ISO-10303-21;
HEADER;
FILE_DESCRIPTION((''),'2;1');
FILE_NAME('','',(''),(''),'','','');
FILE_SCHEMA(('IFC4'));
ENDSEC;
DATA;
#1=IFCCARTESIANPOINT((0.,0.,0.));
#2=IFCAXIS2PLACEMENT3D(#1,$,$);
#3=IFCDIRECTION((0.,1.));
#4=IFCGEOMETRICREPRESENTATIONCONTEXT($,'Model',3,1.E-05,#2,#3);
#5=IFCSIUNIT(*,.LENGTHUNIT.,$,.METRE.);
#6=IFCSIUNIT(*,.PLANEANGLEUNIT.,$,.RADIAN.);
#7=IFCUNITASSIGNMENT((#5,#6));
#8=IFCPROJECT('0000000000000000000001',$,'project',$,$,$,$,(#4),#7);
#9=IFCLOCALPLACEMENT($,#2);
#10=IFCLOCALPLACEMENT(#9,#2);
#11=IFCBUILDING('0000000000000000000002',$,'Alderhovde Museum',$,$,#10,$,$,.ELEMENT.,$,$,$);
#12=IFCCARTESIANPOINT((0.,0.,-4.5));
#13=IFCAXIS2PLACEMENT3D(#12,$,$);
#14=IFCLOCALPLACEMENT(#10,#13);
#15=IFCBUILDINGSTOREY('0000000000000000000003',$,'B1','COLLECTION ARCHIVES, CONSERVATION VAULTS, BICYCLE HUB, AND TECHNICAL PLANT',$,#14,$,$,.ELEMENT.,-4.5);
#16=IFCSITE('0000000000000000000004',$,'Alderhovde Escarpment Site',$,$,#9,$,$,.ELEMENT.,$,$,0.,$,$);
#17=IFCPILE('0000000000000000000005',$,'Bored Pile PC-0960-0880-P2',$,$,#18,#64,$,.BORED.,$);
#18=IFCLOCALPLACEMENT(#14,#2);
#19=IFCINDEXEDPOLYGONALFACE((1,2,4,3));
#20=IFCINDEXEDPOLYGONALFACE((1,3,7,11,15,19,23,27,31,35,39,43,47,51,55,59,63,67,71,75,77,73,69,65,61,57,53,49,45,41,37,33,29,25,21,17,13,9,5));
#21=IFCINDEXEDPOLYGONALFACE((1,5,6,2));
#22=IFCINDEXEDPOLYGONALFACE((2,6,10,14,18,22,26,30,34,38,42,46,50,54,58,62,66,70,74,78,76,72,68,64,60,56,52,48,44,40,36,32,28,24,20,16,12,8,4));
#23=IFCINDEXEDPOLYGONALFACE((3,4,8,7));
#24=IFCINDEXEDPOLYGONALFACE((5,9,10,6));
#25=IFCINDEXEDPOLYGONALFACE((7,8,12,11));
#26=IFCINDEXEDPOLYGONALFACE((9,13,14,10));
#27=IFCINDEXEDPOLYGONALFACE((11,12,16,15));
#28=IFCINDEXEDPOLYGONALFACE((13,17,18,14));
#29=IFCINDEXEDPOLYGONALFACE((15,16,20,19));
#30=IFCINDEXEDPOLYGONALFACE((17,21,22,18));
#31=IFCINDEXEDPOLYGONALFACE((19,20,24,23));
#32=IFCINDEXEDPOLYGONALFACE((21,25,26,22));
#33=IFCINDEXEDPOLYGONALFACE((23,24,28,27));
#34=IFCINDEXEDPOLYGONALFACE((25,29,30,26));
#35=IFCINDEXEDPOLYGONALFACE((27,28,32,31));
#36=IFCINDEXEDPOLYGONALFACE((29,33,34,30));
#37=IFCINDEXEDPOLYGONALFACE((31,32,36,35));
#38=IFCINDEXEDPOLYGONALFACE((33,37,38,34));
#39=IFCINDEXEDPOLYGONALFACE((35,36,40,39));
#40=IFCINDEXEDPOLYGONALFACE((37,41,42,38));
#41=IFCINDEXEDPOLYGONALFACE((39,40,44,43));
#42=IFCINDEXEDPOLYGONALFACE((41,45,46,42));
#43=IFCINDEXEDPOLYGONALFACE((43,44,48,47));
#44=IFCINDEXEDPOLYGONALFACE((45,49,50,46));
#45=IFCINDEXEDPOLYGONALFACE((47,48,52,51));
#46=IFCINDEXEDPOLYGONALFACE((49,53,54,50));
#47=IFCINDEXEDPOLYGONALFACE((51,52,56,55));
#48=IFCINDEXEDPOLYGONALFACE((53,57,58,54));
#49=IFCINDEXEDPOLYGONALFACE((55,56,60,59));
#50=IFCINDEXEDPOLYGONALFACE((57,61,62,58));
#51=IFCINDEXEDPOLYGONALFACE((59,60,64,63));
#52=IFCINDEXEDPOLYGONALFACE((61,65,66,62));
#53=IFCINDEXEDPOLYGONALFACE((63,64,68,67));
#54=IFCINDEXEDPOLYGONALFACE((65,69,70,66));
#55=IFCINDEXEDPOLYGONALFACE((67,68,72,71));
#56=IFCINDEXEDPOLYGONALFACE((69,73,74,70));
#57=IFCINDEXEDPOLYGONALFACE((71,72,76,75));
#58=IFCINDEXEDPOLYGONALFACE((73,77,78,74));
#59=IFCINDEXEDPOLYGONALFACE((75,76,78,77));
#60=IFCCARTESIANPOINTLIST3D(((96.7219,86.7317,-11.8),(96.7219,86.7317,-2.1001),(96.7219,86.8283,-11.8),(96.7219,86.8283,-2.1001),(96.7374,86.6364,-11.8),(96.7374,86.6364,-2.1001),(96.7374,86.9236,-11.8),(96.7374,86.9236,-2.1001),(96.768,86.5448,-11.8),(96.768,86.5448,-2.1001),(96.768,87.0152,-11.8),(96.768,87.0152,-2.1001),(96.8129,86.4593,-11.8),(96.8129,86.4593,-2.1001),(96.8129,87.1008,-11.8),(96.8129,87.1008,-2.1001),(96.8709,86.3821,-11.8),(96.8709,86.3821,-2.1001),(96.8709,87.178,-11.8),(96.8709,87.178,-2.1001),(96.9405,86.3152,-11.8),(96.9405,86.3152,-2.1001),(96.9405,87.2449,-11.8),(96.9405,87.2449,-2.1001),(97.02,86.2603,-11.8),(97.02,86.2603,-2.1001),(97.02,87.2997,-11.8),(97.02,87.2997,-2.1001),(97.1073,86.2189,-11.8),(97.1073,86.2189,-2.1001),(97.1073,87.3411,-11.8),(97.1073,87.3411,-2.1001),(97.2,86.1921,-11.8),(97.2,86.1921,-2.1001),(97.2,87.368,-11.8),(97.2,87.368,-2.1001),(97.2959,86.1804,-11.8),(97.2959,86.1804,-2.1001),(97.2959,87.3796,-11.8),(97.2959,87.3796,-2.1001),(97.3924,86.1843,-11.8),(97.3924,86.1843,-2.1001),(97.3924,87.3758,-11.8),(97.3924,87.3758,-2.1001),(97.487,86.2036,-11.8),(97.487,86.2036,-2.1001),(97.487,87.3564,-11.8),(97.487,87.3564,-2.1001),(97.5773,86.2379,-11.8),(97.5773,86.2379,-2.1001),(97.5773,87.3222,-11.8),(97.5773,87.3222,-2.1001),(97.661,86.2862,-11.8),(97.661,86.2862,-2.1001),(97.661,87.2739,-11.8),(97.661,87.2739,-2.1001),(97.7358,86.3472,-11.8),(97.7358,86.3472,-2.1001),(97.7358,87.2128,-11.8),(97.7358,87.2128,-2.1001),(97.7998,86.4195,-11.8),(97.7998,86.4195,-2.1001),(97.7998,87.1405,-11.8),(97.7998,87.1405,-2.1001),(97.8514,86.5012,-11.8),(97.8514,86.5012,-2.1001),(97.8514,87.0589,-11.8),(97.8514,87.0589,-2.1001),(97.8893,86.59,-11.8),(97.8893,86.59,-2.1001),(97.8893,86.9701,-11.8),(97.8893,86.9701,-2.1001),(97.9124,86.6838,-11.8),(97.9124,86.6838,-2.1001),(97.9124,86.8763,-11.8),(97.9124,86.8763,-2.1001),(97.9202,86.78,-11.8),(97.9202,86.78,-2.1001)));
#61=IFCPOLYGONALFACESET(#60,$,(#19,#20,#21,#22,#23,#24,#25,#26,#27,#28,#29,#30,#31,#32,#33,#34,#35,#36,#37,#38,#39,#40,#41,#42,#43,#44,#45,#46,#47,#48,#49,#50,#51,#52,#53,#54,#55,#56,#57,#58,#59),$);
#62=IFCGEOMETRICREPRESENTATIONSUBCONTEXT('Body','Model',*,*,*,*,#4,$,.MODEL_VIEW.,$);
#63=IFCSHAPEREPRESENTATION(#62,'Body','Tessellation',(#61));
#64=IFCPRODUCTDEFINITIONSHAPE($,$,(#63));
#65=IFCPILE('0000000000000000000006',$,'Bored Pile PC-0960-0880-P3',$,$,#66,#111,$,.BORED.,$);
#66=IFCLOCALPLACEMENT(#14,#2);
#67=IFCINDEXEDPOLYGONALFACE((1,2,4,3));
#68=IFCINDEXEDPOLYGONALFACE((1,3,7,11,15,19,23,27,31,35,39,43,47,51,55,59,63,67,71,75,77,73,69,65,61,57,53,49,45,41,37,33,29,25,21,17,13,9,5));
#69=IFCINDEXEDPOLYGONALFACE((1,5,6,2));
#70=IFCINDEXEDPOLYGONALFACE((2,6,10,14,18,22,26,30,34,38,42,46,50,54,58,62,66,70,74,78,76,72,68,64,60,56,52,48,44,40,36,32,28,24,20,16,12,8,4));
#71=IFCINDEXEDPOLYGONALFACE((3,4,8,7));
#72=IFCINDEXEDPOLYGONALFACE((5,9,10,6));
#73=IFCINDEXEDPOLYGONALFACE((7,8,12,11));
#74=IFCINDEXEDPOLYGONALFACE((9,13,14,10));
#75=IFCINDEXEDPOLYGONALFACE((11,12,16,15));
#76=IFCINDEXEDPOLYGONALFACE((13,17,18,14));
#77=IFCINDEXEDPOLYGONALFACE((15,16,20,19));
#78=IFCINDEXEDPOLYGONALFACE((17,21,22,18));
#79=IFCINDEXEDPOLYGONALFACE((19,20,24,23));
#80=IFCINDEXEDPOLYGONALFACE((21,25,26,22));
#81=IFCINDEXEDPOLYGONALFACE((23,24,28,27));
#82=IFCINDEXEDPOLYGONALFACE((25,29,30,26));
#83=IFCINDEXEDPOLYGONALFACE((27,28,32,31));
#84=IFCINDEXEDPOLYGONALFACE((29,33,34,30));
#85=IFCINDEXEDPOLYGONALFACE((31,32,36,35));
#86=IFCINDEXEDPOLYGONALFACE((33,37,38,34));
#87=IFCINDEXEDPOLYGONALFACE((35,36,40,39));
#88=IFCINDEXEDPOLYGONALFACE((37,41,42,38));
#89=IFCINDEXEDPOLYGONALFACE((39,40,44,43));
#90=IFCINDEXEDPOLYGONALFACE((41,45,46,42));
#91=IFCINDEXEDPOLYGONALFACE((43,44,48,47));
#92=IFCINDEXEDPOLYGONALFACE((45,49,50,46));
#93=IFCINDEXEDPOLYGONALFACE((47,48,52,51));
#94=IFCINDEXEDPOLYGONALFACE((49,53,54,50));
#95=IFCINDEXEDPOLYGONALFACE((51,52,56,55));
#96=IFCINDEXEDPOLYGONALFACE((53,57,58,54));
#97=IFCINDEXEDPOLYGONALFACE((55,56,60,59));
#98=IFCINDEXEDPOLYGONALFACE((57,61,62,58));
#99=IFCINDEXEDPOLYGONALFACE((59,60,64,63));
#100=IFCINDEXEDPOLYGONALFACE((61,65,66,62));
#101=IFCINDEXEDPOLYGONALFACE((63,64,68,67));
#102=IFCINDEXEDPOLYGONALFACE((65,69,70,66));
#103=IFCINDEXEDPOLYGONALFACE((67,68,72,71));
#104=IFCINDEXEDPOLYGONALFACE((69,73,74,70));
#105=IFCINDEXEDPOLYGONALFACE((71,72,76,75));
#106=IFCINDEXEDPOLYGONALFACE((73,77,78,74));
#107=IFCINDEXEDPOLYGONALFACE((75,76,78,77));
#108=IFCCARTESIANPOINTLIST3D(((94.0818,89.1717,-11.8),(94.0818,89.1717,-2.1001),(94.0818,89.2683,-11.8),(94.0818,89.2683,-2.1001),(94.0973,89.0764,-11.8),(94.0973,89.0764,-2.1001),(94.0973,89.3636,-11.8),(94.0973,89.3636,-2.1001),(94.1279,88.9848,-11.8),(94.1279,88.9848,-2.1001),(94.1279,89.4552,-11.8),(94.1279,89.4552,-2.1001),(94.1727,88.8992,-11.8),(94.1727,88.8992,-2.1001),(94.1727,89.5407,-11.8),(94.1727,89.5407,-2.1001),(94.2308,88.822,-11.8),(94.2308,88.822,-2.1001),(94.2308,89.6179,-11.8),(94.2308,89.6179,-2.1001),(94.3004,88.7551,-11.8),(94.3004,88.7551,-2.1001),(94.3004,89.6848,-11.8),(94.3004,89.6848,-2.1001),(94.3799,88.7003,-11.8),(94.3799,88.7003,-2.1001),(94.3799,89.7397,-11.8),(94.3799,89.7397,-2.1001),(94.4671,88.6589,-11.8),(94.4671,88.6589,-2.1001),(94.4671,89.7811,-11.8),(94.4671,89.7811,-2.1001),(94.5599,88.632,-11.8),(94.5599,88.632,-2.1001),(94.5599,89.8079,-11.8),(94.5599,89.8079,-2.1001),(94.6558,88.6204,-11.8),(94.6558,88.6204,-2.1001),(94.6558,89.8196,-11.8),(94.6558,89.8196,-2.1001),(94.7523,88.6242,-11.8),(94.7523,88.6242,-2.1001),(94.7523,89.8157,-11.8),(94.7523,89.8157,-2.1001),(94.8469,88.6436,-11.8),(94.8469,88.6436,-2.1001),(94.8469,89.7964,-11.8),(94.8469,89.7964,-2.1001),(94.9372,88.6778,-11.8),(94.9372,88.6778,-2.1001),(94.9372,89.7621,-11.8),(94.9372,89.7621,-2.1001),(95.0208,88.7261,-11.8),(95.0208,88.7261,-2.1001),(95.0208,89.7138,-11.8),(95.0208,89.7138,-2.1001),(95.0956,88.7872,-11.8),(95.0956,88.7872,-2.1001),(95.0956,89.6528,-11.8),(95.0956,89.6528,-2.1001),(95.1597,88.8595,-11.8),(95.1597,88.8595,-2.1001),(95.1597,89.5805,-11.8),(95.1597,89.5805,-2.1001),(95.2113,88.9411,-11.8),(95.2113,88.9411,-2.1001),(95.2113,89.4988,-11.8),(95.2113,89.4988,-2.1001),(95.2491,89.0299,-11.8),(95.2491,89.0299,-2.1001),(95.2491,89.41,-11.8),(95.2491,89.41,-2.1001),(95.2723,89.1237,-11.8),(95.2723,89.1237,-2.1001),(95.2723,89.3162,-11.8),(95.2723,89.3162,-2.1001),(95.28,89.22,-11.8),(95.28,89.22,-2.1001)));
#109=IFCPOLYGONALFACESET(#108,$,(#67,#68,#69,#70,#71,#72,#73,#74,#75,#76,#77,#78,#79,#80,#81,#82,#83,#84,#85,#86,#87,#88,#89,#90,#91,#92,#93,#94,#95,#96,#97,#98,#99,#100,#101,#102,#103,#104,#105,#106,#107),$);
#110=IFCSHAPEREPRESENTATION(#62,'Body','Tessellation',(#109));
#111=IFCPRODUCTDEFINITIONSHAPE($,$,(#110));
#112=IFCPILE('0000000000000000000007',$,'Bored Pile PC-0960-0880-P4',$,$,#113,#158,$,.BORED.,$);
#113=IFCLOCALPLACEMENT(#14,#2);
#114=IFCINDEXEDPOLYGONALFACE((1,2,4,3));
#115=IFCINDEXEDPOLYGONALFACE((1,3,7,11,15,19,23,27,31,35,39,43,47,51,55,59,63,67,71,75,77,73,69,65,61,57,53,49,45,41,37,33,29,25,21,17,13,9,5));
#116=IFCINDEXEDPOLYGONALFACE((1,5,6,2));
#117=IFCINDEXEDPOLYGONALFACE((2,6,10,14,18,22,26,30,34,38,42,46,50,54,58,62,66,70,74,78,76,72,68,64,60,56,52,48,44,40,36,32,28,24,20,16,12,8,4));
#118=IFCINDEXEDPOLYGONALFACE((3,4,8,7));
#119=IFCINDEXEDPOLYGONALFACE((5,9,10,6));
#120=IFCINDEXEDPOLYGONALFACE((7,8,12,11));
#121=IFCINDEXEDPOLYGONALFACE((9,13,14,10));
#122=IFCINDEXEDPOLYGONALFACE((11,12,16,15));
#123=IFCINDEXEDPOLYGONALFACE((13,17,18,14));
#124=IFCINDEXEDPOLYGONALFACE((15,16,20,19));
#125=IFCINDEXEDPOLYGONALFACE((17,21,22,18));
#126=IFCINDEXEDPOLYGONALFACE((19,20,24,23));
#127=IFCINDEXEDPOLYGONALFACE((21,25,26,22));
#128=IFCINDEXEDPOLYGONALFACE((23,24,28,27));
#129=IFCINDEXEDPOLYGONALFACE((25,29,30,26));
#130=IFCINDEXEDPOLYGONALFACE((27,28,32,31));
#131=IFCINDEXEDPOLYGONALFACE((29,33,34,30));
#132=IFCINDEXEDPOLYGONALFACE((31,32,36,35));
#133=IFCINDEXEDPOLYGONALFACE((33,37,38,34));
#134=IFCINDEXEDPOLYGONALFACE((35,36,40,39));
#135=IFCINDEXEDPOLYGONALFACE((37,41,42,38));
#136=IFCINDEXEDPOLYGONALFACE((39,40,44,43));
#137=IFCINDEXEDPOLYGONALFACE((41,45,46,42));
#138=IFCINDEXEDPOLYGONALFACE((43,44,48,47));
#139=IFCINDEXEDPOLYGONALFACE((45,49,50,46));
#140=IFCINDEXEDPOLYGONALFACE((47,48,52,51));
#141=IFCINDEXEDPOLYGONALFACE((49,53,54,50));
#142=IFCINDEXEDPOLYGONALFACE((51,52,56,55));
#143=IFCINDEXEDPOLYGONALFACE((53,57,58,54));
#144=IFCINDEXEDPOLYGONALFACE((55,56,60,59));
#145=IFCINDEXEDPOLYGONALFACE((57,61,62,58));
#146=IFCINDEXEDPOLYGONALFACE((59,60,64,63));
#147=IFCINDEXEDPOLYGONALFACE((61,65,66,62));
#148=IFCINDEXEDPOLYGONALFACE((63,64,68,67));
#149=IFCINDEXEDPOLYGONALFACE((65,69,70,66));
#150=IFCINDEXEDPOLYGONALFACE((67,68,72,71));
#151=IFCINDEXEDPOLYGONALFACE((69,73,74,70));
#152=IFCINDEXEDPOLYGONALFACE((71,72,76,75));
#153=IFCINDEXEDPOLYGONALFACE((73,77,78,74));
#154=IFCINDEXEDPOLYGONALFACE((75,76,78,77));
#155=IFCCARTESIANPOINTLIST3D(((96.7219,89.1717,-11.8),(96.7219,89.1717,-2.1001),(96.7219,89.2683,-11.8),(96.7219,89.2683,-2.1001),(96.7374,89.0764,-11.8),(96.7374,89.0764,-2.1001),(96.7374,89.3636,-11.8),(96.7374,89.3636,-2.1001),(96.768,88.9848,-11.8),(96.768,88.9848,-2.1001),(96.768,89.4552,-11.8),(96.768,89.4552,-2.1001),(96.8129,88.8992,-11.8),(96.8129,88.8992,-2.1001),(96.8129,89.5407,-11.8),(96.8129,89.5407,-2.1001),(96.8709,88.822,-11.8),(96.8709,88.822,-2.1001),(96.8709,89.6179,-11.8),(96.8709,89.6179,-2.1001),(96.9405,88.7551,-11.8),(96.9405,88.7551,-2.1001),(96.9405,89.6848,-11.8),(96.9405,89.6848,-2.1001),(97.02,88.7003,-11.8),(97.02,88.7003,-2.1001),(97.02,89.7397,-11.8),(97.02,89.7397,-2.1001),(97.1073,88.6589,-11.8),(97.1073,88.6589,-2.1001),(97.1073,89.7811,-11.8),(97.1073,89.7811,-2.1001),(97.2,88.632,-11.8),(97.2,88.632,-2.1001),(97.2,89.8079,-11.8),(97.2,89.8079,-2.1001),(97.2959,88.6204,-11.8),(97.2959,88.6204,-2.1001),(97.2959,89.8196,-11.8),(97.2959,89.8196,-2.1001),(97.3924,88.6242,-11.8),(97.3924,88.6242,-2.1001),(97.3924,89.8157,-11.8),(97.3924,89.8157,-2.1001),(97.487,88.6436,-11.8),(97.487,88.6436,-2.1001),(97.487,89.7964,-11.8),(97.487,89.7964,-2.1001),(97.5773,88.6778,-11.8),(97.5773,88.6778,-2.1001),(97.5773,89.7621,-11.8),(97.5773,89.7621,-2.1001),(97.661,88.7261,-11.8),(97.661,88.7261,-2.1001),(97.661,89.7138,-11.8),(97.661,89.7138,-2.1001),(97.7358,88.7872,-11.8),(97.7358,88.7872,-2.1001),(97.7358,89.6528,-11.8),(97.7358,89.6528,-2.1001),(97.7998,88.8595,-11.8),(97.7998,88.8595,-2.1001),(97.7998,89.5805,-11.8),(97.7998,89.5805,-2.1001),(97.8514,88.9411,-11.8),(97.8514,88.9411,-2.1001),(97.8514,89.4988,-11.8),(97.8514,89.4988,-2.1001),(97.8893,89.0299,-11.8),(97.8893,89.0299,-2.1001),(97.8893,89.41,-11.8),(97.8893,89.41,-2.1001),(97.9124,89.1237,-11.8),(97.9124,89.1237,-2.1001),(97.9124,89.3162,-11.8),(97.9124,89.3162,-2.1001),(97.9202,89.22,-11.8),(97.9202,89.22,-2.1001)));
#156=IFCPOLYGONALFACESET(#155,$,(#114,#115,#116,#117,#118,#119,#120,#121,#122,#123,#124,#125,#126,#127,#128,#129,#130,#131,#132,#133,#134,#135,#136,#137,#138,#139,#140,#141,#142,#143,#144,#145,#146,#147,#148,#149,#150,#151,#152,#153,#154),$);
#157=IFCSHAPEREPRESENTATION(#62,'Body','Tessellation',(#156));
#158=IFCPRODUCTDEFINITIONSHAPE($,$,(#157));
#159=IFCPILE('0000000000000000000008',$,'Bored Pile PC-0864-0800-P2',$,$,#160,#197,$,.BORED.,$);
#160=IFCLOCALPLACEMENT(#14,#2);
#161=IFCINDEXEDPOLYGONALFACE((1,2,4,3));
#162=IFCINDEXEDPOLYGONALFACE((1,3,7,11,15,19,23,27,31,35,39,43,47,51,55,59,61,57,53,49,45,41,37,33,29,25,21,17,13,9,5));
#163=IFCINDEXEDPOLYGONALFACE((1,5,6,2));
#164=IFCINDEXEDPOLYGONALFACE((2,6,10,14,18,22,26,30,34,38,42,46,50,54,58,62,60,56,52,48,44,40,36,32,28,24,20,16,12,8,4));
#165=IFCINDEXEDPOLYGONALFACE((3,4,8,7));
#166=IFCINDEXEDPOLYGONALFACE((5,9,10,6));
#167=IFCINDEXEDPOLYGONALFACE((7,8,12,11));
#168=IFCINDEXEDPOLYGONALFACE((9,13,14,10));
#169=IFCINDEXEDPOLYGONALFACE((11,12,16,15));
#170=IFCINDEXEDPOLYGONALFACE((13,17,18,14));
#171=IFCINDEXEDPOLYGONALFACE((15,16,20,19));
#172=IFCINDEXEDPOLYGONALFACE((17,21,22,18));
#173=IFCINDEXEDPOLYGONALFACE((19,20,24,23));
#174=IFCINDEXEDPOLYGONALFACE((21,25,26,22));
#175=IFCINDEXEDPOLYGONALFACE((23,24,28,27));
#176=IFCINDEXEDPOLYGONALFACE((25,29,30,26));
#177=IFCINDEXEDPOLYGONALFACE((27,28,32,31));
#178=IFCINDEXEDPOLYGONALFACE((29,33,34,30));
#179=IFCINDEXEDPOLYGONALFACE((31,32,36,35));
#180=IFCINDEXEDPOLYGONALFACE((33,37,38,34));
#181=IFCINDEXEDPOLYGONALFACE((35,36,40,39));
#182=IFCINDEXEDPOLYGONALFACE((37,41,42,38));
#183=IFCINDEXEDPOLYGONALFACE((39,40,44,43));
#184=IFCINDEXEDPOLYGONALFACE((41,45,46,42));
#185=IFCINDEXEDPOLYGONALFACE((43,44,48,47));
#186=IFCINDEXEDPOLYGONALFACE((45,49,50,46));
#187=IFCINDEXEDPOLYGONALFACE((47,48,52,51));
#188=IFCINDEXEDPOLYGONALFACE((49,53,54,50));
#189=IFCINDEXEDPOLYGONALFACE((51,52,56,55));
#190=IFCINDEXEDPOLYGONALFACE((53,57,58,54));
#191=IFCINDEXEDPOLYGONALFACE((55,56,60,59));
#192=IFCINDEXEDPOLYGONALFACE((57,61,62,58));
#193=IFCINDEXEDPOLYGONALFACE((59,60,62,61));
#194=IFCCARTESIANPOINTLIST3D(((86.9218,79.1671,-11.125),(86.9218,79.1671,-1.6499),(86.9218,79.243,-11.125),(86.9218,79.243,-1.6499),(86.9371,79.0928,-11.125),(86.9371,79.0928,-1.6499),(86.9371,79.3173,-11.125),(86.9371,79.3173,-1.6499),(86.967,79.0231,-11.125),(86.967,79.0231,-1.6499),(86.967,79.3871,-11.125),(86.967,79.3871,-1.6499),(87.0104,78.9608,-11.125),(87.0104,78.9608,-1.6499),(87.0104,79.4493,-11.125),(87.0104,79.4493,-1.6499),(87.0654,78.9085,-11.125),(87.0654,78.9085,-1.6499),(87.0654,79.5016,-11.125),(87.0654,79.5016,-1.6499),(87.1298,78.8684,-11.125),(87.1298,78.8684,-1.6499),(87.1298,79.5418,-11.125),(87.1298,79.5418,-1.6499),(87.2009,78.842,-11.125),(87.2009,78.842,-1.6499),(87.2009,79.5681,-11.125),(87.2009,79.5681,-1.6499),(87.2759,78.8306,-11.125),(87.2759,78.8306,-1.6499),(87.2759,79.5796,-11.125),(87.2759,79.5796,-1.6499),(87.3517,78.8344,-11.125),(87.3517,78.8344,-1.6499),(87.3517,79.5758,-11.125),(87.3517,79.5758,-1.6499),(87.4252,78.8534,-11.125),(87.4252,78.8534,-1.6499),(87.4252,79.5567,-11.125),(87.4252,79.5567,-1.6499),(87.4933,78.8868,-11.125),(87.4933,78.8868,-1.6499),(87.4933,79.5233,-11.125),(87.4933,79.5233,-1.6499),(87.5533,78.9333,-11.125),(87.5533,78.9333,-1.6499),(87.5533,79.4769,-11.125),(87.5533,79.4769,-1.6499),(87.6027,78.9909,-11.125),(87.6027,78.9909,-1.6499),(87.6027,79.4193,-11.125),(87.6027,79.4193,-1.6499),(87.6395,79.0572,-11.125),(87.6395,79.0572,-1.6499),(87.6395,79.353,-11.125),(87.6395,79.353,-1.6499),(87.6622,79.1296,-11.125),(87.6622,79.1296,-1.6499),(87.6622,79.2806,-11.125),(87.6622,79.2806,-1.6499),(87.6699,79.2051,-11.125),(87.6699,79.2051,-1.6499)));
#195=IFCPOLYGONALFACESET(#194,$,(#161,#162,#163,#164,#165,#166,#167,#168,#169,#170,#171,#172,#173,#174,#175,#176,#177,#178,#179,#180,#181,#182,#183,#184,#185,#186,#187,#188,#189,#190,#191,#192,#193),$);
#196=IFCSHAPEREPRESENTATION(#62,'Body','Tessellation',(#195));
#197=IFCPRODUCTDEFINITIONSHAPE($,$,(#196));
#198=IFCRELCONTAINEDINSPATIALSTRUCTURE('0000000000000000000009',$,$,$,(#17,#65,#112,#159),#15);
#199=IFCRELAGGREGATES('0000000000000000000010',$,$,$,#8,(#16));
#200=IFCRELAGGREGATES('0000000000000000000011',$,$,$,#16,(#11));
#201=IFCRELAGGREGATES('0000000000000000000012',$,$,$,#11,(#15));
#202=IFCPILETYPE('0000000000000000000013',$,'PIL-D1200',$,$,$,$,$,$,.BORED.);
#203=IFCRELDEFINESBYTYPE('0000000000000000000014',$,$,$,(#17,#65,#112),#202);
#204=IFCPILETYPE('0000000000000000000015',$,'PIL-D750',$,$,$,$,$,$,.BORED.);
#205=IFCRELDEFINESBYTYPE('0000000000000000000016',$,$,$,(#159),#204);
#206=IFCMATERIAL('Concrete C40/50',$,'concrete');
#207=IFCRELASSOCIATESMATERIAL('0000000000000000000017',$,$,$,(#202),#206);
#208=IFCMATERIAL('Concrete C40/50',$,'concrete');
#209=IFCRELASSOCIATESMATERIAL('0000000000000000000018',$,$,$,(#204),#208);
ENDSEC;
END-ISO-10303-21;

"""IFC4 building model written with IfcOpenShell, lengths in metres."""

from ifc_helpers import new_model, si_unit, direction, frame, origin, origin_2d, place, context, subcontext, project, spatial, circle, extrude, material, material_profile, profile_set, type_object, element, save


model = new_model("IFC4")

# Units and contexts
model_context = context("Model", 3, precision=1e-05, world=origin(), true_north=direction((0.0, 1.0)))
body_context = subcontext(model_context, "Body", "Model", "MODEL_VIEW")
ifc_project = project(units=[si_unit("LENGTHUNIT", "METRE"), si_unit("PLANEANGLEUNIT", "RADIAN")], contexts=[model_context])

# Site, building, storey
site_placement = place(None, origin())
site = spatial("IfcSite", under=ifc_project, at=site_placement, Name="Alderhovde Escarpment Site", CompositionType="ELEMENT", RefElevation=0.0)
building_placement = place(site_placement, origin())
building = spatial("IfcBuilding", under=site, at=building_placement, Name="Alderhovde Museum", CompositionType="ELEMENT")
storey_placement = place(building_placement, frame((0.0, 0.0, -4.5)))
storey = spatial("IfcBuildingStorey", under=building, at=storey_placement, Name="B1", Description="COLLECTION ARCHIVES, CONSERVATION VAULTS, BICYCLE HUB, AND TECHNICAL PLANT", CompositionType="ELEMENT", Elevation=-4.5)

# Piles
ifc_material_1 = material(Name="Concrete C40/50", Category="concrete")
ifc_material_profile_1 = material_profile(ifc_material_1, circle(Radius=0.6001, at=origin_2d()), Name="PILE-D1200")
ifc_profile_set_1 = profile_set([ifc_material_profile_1], Name="Concrete C40/50")
pile_type_1 = type_object("IfcPileType", Name="PIL-D1200", PredefinedType="BORED", material=ifc_profile_set_1)
for number, where, z_axis, x_axis, name in (
    (1, (97.3201, 86.78, -2.1001), (0.0, 0.0, -1.0), (1.0, 0.0, 0.0), "Bored Pile PC-0960-0880-P2"),
    (2, (94.6799, 89.22, -2.1001), (0.0, 0.0, -1.0), (1.0, 0.0, 0.0), "Bored Pile PC-0960-0880-P3"),
    (3, (97.3201, 89.22, -2.1001), (0.0, 0.0, -1.0), (1.0, 0.0, 0.0), "Bored Pile PC-0960-0880-P4"),
):
    element("IfcPile", number, at=place(storey_placement, frame(where, z_axis=z_axis, x_axis=x_axis)), inside=storey, type_object=pile_type_1, Name=name, PredefinedType="BORED", context=body_context, shape_type="SweptSolid", body=[
        extrude(circle(Radius=0.6001, at=origin_2d()), origin(), (0.0, 0.0, 1.0), 9.7),
    ])
ifc_material_2 = material(Name="Concrete C40/50", Category="concrete")
ifc_material_profile_2 = material_profile(ifc_material_2, circle(Radius=0.375, at=origin_2d()), Name="PILE-D750")
ifc_profile_set_2 = profile_set([ifc_material_profile_2], Name="Concrete C40/50")
pile_type_2 = type_object("IfcPileType", Name="PIL-D750", PredefinedType="BORED", material=ifc_profile_set_2)
for number, where, z_axis, x_axis, name in (
    (4, (87.2949, 79.2051, -1.6499), (0.0, 0.0, -1.0), (1.0, 0.0, 0.0), "Bored Pile PC-0864-0800-P2"),
):
    element("IfcPile", number, at=place(storey_placement, frame(where, z_axis=z_axis, x_axis=x_axis)), inside=storey, type_object=pile_type_2, Name=name, PredefinedType="BORED", context=body_context, shape_type="SweptSolid", body=[
        extrude(circle(Radius=0.375, at=origin_2d()), origin(), (0.0, 0.0, 1.0), 9.4751),
    ])

save(model, "model.ifc")
